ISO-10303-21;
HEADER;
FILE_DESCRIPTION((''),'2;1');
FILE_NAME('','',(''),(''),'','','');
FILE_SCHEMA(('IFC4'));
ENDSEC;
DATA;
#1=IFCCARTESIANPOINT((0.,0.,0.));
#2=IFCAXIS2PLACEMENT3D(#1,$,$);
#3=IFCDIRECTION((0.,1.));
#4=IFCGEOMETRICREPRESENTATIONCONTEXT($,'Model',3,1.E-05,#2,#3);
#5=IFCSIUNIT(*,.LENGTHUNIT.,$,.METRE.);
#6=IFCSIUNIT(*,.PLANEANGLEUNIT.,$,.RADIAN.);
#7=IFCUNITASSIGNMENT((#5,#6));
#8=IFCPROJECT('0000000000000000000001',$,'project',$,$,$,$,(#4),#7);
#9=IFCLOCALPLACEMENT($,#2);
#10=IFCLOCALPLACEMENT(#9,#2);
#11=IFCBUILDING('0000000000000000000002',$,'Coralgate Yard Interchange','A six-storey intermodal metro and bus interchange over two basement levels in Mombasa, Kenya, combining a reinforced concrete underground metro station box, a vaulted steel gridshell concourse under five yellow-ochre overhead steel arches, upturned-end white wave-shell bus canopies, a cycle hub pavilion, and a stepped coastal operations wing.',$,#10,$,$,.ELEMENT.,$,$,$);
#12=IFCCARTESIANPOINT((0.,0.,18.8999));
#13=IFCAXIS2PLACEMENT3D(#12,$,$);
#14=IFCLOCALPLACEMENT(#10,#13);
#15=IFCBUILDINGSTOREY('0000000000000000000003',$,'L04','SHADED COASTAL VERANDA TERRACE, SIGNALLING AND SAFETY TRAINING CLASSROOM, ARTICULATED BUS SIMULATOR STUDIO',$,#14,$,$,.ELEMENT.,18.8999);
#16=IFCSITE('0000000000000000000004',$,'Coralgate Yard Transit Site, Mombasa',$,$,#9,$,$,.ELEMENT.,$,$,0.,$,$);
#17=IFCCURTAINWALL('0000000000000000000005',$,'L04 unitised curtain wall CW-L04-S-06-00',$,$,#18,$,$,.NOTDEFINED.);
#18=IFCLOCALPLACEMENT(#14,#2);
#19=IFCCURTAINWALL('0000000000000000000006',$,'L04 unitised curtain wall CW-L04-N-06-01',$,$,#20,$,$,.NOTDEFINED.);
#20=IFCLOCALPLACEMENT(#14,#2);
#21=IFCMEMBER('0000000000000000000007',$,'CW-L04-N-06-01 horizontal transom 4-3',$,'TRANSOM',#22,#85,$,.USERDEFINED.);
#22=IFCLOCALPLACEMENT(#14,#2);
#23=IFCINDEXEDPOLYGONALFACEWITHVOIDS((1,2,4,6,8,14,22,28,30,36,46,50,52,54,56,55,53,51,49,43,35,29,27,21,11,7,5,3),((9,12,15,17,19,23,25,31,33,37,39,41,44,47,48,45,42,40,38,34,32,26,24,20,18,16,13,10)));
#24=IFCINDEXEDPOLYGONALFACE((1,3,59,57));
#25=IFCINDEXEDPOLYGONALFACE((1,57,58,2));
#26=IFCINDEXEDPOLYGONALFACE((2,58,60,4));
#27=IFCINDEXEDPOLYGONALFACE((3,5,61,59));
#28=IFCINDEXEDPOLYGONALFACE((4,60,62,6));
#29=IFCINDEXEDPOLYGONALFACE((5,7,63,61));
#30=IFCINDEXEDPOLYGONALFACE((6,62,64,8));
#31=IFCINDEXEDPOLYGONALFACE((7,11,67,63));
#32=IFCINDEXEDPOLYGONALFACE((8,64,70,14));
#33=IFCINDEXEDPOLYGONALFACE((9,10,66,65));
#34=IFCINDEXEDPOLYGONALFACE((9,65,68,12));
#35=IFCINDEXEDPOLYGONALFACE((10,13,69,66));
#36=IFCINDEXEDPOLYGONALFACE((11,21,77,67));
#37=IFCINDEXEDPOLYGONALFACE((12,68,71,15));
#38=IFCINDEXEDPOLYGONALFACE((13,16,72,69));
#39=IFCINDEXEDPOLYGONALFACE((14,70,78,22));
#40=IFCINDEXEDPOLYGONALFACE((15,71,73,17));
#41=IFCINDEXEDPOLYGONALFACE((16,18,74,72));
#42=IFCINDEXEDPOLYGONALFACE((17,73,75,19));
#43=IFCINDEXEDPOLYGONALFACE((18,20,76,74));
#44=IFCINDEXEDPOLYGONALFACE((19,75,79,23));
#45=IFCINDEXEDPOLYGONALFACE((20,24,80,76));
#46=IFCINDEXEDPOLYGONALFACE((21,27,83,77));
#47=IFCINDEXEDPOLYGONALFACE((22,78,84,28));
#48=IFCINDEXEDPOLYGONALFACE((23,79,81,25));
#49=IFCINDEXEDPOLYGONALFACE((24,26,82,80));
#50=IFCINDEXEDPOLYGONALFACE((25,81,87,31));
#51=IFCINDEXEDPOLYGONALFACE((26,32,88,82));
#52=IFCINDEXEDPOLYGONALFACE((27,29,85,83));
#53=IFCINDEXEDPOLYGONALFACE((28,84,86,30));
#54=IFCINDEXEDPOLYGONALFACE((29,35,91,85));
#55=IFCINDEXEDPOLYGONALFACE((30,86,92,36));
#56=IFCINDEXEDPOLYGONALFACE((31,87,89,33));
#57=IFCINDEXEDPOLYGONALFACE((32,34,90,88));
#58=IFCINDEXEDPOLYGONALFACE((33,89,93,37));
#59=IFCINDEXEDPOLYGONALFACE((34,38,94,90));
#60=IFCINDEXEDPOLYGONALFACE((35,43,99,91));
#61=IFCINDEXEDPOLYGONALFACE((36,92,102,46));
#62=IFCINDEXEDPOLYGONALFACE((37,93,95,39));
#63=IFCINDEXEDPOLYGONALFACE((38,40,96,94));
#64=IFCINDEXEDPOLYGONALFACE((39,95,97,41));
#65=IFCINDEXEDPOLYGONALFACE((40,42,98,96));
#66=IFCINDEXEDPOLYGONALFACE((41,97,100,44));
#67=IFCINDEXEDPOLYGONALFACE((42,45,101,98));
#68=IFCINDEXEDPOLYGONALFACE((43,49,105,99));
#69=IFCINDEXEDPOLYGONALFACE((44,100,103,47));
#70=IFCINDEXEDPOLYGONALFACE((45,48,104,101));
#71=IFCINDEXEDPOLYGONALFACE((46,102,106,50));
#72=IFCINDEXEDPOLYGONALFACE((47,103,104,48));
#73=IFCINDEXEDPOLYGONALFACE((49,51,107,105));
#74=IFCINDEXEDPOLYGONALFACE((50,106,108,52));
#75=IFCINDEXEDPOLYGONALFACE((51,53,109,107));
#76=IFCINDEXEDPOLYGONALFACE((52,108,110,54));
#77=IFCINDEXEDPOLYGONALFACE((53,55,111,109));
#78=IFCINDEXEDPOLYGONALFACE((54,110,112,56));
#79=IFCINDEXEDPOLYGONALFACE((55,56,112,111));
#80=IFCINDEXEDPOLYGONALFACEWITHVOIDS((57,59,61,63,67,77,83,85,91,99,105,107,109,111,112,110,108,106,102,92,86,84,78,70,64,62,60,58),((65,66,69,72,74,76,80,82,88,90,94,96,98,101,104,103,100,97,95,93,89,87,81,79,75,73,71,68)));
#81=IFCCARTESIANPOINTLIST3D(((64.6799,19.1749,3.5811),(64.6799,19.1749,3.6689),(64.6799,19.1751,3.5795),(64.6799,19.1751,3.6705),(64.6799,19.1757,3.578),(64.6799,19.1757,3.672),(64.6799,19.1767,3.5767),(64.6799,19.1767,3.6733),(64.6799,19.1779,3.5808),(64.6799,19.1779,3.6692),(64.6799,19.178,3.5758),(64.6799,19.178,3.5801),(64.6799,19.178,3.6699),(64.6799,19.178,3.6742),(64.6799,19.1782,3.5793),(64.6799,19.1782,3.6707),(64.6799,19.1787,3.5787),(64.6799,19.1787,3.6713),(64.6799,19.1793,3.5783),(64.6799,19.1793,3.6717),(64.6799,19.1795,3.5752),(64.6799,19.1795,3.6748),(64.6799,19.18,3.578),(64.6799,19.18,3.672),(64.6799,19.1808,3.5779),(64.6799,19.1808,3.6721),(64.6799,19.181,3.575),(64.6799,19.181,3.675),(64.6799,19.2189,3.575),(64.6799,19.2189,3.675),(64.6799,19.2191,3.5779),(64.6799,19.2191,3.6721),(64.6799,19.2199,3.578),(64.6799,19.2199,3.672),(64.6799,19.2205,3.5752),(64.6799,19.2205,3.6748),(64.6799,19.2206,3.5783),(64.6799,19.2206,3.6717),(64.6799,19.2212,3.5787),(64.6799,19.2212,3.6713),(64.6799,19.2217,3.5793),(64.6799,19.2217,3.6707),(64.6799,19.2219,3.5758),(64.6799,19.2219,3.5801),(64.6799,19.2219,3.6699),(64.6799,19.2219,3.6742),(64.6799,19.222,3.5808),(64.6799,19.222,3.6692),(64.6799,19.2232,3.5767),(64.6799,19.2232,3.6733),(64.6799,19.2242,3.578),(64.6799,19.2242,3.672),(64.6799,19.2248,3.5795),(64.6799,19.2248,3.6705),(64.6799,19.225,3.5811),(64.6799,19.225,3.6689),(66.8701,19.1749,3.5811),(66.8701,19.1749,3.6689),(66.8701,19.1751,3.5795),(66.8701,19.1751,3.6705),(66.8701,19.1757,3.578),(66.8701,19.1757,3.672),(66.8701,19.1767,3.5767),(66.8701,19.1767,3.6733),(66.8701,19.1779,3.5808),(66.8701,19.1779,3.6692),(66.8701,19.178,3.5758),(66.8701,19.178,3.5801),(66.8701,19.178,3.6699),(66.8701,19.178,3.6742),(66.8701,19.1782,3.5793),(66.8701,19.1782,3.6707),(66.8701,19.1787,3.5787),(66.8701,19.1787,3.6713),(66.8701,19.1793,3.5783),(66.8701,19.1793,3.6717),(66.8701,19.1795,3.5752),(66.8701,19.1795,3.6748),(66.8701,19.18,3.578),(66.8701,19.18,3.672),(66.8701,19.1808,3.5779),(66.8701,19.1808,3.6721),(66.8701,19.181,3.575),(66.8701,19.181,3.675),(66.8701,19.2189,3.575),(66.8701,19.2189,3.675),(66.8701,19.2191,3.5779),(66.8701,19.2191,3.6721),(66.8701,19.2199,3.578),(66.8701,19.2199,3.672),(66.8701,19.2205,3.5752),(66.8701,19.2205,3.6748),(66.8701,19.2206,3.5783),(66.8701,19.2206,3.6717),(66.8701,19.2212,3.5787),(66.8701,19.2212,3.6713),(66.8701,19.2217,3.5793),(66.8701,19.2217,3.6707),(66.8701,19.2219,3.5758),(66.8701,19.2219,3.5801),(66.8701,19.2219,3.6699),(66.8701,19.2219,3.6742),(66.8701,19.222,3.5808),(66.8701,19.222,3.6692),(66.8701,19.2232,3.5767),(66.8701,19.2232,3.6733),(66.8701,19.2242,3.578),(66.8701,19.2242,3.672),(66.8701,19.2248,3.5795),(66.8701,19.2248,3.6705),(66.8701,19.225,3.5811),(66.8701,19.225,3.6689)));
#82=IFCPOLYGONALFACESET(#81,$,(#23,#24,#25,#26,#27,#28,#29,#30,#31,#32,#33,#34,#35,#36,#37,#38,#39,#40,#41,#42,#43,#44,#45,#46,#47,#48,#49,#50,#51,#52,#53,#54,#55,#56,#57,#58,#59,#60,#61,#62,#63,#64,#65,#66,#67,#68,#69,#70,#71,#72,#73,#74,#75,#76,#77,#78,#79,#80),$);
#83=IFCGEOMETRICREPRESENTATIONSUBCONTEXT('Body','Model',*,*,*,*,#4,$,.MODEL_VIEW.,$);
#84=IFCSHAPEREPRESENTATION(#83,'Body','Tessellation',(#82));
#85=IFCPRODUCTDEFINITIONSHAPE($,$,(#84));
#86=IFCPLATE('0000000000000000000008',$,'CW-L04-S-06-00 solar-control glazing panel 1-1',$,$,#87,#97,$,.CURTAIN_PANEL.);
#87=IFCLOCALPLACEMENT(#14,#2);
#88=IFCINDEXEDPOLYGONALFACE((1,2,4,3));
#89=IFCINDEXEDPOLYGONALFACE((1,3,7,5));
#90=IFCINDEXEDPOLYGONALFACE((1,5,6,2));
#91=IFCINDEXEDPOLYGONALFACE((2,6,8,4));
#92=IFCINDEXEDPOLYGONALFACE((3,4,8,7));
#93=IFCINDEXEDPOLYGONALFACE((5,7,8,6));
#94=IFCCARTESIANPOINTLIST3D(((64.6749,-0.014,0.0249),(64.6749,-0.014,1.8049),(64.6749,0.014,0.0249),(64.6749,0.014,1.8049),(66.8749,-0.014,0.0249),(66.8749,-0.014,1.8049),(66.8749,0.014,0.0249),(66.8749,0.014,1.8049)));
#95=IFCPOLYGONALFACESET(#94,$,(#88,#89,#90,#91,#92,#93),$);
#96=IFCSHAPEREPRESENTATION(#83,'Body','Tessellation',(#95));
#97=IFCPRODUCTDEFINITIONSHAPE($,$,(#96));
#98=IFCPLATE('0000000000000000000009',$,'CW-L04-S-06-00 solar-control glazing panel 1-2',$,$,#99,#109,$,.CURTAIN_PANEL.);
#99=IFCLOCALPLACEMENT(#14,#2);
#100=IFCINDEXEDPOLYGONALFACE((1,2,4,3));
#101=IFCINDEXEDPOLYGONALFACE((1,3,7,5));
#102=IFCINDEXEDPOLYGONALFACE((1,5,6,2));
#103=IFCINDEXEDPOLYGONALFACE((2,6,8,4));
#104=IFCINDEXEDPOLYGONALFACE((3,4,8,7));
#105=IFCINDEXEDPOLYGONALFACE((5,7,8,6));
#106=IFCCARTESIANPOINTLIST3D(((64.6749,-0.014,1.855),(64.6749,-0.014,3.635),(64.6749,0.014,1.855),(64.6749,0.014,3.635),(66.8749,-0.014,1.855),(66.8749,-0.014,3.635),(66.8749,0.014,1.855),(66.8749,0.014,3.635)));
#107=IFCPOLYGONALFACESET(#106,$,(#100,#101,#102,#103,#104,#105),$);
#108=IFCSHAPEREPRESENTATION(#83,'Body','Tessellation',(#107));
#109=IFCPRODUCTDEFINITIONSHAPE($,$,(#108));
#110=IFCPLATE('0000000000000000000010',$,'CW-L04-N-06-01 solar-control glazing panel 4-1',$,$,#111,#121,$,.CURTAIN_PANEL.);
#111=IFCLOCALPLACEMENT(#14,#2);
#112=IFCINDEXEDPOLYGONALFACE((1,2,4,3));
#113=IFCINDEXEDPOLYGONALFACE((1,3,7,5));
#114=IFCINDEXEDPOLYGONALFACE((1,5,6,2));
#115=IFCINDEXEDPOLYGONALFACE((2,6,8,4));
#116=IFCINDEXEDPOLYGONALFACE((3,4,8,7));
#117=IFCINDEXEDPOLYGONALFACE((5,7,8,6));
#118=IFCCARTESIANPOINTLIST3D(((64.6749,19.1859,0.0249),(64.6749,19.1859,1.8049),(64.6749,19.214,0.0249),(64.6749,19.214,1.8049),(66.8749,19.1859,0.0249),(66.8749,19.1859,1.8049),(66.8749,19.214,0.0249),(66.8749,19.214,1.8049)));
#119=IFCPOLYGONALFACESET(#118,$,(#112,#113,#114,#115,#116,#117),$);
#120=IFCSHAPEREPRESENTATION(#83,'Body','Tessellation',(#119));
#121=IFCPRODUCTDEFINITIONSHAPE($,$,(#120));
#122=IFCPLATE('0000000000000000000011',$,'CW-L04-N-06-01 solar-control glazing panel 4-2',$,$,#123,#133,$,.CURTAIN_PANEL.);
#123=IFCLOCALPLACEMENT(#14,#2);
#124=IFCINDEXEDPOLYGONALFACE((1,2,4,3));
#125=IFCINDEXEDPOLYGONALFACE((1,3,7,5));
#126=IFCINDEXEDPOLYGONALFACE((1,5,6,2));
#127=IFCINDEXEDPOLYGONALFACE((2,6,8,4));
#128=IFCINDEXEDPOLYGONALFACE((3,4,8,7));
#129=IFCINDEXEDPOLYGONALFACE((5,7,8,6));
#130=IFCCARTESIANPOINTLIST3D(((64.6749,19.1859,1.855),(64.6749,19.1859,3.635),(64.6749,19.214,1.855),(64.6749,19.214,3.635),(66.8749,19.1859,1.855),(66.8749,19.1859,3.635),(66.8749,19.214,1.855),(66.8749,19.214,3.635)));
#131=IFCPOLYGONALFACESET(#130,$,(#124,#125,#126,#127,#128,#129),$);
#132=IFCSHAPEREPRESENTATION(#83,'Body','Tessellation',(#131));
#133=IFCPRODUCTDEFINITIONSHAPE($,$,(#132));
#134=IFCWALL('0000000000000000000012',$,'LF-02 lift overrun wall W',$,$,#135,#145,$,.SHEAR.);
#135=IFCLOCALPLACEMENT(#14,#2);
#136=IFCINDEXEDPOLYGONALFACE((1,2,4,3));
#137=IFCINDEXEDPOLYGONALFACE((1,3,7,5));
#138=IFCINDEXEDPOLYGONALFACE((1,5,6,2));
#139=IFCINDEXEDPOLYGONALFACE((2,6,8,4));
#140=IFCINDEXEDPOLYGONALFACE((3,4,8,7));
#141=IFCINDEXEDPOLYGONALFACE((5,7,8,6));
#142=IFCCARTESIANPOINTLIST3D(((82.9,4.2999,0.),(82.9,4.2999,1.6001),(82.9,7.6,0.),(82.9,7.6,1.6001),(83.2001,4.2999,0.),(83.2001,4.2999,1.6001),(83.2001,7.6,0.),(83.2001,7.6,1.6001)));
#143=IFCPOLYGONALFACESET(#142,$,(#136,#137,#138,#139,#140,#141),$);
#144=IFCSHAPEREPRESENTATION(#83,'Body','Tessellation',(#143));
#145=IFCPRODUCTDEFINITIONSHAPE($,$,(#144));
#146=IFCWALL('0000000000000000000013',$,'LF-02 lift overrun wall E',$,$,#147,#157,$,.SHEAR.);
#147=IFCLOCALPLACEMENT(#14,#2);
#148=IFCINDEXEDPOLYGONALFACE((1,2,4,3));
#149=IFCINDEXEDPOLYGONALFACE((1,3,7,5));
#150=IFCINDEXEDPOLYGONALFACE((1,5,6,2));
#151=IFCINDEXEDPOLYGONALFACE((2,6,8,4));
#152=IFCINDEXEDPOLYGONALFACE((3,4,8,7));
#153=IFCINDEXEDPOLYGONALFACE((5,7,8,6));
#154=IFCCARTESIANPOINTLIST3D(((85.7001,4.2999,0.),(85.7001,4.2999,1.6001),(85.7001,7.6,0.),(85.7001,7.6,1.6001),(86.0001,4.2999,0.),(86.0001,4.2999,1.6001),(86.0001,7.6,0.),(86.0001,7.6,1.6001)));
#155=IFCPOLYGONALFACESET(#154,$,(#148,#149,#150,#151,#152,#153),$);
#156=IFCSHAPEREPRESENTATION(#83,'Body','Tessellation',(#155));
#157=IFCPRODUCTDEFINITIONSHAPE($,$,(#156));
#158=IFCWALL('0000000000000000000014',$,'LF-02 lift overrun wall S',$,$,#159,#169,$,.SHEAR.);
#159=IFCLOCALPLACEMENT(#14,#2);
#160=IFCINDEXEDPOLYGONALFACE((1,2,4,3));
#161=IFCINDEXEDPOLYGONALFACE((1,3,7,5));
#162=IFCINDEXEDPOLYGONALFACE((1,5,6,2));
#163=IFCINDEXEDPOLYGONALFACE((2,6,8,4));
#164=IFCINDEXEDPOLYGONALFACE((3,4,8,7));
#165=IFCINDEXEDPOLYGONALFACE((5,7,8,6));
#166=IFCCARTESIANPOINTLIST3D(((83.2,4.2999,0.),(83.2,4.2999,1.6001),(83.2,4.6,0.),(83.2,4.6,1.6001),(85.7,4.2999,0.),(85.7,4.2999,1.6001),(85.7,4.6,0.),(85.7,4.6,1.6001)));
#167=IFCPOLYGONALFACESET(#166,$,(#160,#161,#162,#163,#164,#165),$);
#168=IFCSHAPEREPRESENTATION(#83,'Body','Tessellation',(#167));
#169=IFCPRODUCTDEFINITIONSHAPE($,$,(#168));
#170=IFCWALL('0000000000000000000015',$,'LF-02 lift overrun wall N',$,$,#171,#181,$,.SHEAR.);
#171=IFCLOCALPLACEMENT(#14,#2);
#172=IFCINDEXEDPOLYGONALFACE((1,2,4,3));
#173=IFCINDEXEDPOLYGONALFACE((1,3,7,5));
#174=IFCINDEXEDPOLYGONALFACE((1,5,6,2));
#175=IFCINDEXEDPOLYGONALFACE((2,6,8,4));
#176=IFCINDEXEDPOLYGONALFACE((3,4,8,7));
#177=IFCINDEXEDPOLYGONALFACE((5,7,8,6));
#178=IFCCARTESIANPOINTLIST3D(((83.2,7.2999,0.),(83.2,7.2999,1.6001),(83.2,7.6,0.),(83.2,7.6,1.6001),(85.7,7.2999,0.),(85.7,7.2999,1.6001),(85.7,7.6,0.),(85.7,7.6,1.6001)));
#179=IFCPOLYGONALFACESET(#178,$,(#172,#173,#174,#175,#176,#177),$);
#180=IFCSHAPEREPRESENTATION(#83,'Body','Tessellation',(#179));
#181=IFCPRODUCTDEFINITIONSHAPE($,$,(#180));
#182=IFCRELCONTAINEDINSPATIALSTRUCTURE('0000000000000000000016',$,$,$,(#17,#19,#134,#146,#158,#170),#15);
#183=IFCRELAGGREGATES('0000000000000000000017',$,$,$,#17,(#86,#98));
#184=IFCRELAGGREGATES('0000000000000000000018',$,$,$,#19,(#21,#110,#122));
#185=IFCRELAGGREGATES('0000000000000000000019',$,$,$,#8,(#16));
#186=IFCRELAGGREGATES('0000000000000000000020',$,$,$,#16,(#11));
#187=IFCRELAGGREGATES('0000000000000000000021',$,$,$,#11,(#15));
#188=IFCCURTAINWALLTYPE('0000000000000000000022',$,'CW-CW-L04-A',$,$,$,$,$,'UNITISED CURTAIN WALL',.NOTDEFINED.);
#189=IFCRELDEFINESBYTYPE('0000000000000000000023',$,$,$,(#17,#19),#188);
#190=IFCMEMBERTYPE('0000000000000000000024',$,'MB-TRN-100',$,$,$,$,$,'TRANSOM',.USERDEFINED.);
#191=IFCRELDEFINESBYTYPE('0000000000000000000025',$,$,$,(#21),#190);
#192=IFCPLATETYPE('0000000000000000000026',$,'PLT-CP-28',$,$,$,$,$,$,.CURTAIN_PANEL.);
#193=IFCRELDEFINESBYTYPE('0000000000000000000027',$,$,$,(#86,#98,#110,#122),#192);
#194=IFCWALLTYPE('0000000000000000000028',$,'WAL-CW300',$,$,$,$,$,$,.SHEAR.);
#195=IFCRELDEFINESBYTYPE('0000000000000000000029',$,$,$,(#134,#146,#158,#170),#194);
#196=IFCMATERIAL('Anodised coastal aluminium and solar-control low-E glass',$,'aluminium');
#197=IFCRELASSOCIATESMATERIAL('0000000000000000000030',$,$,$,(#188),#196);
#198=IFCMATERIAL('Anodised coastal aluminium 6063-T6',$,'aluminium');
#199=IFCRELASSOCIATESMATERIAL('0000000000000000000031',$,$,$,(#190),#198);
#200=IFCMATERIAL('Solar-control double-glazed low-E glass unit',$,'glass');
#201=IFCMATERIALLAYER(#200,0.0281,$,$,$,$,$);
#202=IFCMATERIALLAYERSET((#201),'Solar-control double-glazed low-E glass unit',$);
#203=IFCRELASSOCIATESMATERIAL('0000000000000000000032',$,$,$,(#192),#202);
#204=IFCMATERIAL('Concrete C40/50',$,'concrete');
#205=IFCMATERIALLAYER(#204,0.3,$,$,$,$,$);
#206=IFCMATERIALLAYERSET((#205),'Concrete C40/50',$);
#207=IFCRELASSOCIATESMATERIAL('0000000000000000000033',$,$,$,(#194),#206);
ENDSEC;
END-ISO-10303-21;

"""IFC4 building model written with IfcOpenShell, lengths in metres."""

from ifc_helpers import new_model, si_unit, direction, frame, frame_2d, origin, origin_2d, place, context, subcontext, project, spatial, rectangle, hollow_rectangle, extrude, material, layer, layer_set, material_profile, profile_set, type_object, element, aggregate, save


model = new_model("IFC4")

# Units and contexts
model_context = context("Model", 3, precision=1e-05, world=origin(), true_north=direction((0.0, 1.0)))
body_context = subcontext(model_context, "Body", "Model", "MODEL_VIEW")
ifc_project = project(units=[si_unit("LENGTHUNIT", "METRE"), si_unit("PLANEANGLEUNIT", "RADIAN")], contexts=[model_context])

# Site, building, storey
site_placement = place(None, origin())
site = spatial("IfcSite", under=ifc_project, at=site_placement, Name="Coralgate Yard Transit Site, Mombasa", CompositionType="ELEMENT", RefElevation=0.0)
building_placement = place(site_placement, origin())
building = spatial("IfcBuilding", under=site, at=building_placement, Name="Coralgate Yard Interchange", Description="A six-storey intermodal metro and bus interchange over two basement levels in Mombasa, Kenya, combining a reinforced concrete underground metro station box, a vaulted steel gridshell concourse under five yellow-ochre overhead steel arches, upturned-end white wave-shell bus canopies, a cycle hub pavilion, and a stepped coastal operations wing.", CompositionType="ELEMENT")
storey_placement = place(building_placement, frame((0.0, 0.0, 18.8999)))
storey = spatial("IfcBuildingStorey", under=building, at=storey_placement, Name="L04", Description="SHADED COASTAL VERANDA TERRACE, SIGNALLING AND SAFETY TRAINING CLASSROOM, ARTICULATED BUS SIMULATOR STUDIO", CompositionType="ELEMENT", Elevation=18.8999)

# Curtain walls
ifc_material_1 = material(Name="Anodised coastal aluminium and solar-control low-E glass", Category="aluminium")
curtain_wall_type = type_object("IfcCurtainWallType", Name="CW-CW-L04-A", ElementType="UNITISED CURTAIN WALL", PredefinedType="NOTDEFINED", material=ifc_material_1)
curtain_wall_1_placement = place(storey_placement, origin())
curtain_wall_1 = element("IfcCurtainWall", 1, at=curtain_wall_1_placement, inside=storey, type_object=curtain_wall_type, Name="L04 unitised curtain wall CW-L04-S-06-00", PredefinedType="NOTDEFINED")
ifc_material_2 = material(Name="Anodised coastal aluminium 6063-T6", Category="aluminium")
curtain_wall_2_placement = place(storey_placement, origin())
curtain_wall_2 = element("IfcCurtainWall", 2, at=curtain_wall_2_placement, inside=storey, type_object=curtain_wall_type, Name="L04 unitised curtain wall CW-L04-N-06-01", PredefinedType="NOTDEFINED")

# Member
ifc_material_profile_1 = material_profile(ifc_material_2, hollow_rectangle(XDim=0.05, YDim=0.1001, WallThickness=0.0029, InnerFilletRadius=0.0029, OuterFilletRadius=0.0061, at=origin_2d()), Name="ALU 50x100x3")
ifc_profile_set_1 = profile_set([ifc_material_profile_1], Name="Anodised coastal aluminium 6063-T6")
member_type_1 = type_object("IfcMemberType", Name="MB-TRN-100", ElementType="TRANSOM", PredefinedType="USERDEFINED", material=ifc_profile_set_1)
member_1_placement = place(storey_placement, frame((64.6799, 19.2, 3.625), z_axis=(1.0, 0.0, 0.0), x_axis=(0.0, 1.0, 0.0)))
member_1 = element("IfcMember", 3, at=member_1_placement, type_object=member_type_1, Name="CW-L04-N-06-01 horizontal transom 4-3", ObjectType="TRANSOM", PredefinedType="USERDEFINED", context=body_context, shape_type="SweptSolid", body=[
    extrude(hollow_rectangle(XDim=0.05, YDim=0.1001, WallThickness=0.0029, InnerFilletRadius=0.0029, OuterFilletRadius=0.0061, at=origin_2d()), origin(), (0.0, 0.0, 1.0), 2.1902),
])

# Plates
ifc_material_3 = material(Name="Solar-control double-glazed low-E glass unit", Category="glass")
ifc_layer_1 = layer(ifc_material_3, 0.0281)
ifc_layer_set_1 = layer_set([ifc_layer_1], Name="Solar-control double-glazed low-E glass unit")
plate_type = type_object("IfcPlateType", Name="PLT-CP-28", PredefinedType="CURTAIN_PANEL", material=ifc_layer_set_1)
plate_1_placement = place(storey_placement, frame((65.7749, 0.0, 0.0249), z_axis=(0.0, 0.0, 1.0), x_axis=(-1.0, 0.0, 0.0)))
plate_1 = element("IfcPlate", 4, at=plate_1_placement, type_object=plate_type, Name="CW-L04-S-06-00 solar-control glazing panel 1-1", PredefinedType="CURTAIN_PANEL", context=body_context, shape_type="SweptSolid", body=[
    extrude(rectangle(XDim=2.2, YDim=0.0281, at=origin_2d()), origin(), (0.0, 0.0, 1.0), 1.78),
])
plate_2_placement = place(storey_placement, frame((65.7749, 0.0, 1.855), z_axis=(0.0, 0.0, 1.0), x_axis=(-1.0, 0.0, 0.0)))
plate_2 = element("IfcPlate", 5, at=plate_2_placement, type_object=plate_type, Name="CW-L04-S-06-00 solar-control glazing panel 1-2", PredefinedType="CURTAIN_PANEL", context=body_context, shape_type="SweptSolid", body=[
    extrude(rectangle(XDim=2.2, YDim=0.0281, at=origin_2d()), origin(), (0.0, 0.0, 1.0), 1.78),
])
aggregate(curtain_wall_1, [plate_1, plate_2])
plate_3_placement = place(storey_placement, frame((65.7749, 19.2, 0.0249), z_axis=(0.0, 0.0, 1.0), x_axis=(1.0, 0.0, 0.0)))
plate_3 = element("IfcPlate", 6, at=plate_3_placement, type_object=plate_type, Name="CW-L04-N-06-01 solar-control glazing panel 4-1", PredefinedType="CURTAIN_PANEL", context=body_context, shape_type="SweptSolid", body=[
    extrude(rectangle(XDim=2.2, YDim=0.0281, at=origin_2d()), origin(), (0.0, 0.0, 1.0), 1.78),
])
plate_4_placement = place(storey_placement, frame((65.7749, 19.2, 1.855), z_axis=(0.0, 0.0, 1.0), x_axis=(1.0, 0.0, 0.0)))
plate_4 = element("IfcPlate", 7, at=plate_4_placement, type_object=plate_type, Name="CW-L04-N-06-01 solar-control glazing panel 4-2", PredefinedType="CURTAIN_PANEL", context=body_context, shape_type="SweptSolid", body=[
    extrude(rectangle(XDim=2.2, YDim=0.0281, at=origin_2d()), origin(), (0.0, 0.0, 1.0), 1.78),
])
aggregate(curtain_wall_2, [member_1, plate_3, plate_4])

# Walls
ifc_material_4 = material(Name="Concrete C40/50", Category="concrete")
ifc_layer_2 = layer(ifc_material_4, 0.3)
ifc_layer_set_2 = layer_set([ifc_layer_2], Name="Concrete C40/50")
wall_type_1 = type_object("IfcWallType", Name="WAL-CW300", PredefinedType="SHEAR", material=ifc_layer_set_2)
for number, where, z_axis, x_axis, name in (
    (8, (83.05, 4.3, 0.0), (0.0, 0.0, 1.0), (0.0, 1.0, 0.0), "LF-02 lift overrun wall W"),
    (9, (85.8501, 4.3, 0.0), (0.0, 0.0, 1.0), (0.0, 1.0, 0.0), "LF-02 lift overrun wall E"),
):
    element("IfcWall", number, at=place(storey_placement, frame(where, z_axis=z_axis, x_axis=x_axis)), inside=storey, type_object=wall_type_1, Name=name, PredefinedType="SHEAR", context=body_context, shape_type="SweptSolid", body=[
        extrude(rectangle(XDim=3.3, YDim=0.3, at=frame_2d((1.6499, 0.0))), origin(), (0.0, 0.0, 1.0), 1.6001),
    ])
for number, where, z_axis, x_axis, name in (
    (10, (83.2, 4.45, 0.0), (0.0, 0.0, 1.0), (1.0, 0.0, 0.0), "LF-02 lift overrun wall S"),
    (11, (83.2, 7.45, 0.0), (0.0, 0.0, 1.0), (1.0, 0.0, 0.0), "LF-02 lift overrun wall N"),
):
    element("IfcWall", number, at=place(storey_placement, frame(where, z_axis=z_axis, x_axis=x_axis)), inside=storey, type_object=wall_type_1, Name=name, PredefinedType="SHEAR", context=body_context, shape_type="SweptSolid", body=[
        extrude(rectangle(XDim=2.5, YDim=0.3, at=frame_2d((1.25, 0.0))), origin(), (0.0, 0.0, 1.0), 1.6001),
    ])

save(model, "model.ifc")
